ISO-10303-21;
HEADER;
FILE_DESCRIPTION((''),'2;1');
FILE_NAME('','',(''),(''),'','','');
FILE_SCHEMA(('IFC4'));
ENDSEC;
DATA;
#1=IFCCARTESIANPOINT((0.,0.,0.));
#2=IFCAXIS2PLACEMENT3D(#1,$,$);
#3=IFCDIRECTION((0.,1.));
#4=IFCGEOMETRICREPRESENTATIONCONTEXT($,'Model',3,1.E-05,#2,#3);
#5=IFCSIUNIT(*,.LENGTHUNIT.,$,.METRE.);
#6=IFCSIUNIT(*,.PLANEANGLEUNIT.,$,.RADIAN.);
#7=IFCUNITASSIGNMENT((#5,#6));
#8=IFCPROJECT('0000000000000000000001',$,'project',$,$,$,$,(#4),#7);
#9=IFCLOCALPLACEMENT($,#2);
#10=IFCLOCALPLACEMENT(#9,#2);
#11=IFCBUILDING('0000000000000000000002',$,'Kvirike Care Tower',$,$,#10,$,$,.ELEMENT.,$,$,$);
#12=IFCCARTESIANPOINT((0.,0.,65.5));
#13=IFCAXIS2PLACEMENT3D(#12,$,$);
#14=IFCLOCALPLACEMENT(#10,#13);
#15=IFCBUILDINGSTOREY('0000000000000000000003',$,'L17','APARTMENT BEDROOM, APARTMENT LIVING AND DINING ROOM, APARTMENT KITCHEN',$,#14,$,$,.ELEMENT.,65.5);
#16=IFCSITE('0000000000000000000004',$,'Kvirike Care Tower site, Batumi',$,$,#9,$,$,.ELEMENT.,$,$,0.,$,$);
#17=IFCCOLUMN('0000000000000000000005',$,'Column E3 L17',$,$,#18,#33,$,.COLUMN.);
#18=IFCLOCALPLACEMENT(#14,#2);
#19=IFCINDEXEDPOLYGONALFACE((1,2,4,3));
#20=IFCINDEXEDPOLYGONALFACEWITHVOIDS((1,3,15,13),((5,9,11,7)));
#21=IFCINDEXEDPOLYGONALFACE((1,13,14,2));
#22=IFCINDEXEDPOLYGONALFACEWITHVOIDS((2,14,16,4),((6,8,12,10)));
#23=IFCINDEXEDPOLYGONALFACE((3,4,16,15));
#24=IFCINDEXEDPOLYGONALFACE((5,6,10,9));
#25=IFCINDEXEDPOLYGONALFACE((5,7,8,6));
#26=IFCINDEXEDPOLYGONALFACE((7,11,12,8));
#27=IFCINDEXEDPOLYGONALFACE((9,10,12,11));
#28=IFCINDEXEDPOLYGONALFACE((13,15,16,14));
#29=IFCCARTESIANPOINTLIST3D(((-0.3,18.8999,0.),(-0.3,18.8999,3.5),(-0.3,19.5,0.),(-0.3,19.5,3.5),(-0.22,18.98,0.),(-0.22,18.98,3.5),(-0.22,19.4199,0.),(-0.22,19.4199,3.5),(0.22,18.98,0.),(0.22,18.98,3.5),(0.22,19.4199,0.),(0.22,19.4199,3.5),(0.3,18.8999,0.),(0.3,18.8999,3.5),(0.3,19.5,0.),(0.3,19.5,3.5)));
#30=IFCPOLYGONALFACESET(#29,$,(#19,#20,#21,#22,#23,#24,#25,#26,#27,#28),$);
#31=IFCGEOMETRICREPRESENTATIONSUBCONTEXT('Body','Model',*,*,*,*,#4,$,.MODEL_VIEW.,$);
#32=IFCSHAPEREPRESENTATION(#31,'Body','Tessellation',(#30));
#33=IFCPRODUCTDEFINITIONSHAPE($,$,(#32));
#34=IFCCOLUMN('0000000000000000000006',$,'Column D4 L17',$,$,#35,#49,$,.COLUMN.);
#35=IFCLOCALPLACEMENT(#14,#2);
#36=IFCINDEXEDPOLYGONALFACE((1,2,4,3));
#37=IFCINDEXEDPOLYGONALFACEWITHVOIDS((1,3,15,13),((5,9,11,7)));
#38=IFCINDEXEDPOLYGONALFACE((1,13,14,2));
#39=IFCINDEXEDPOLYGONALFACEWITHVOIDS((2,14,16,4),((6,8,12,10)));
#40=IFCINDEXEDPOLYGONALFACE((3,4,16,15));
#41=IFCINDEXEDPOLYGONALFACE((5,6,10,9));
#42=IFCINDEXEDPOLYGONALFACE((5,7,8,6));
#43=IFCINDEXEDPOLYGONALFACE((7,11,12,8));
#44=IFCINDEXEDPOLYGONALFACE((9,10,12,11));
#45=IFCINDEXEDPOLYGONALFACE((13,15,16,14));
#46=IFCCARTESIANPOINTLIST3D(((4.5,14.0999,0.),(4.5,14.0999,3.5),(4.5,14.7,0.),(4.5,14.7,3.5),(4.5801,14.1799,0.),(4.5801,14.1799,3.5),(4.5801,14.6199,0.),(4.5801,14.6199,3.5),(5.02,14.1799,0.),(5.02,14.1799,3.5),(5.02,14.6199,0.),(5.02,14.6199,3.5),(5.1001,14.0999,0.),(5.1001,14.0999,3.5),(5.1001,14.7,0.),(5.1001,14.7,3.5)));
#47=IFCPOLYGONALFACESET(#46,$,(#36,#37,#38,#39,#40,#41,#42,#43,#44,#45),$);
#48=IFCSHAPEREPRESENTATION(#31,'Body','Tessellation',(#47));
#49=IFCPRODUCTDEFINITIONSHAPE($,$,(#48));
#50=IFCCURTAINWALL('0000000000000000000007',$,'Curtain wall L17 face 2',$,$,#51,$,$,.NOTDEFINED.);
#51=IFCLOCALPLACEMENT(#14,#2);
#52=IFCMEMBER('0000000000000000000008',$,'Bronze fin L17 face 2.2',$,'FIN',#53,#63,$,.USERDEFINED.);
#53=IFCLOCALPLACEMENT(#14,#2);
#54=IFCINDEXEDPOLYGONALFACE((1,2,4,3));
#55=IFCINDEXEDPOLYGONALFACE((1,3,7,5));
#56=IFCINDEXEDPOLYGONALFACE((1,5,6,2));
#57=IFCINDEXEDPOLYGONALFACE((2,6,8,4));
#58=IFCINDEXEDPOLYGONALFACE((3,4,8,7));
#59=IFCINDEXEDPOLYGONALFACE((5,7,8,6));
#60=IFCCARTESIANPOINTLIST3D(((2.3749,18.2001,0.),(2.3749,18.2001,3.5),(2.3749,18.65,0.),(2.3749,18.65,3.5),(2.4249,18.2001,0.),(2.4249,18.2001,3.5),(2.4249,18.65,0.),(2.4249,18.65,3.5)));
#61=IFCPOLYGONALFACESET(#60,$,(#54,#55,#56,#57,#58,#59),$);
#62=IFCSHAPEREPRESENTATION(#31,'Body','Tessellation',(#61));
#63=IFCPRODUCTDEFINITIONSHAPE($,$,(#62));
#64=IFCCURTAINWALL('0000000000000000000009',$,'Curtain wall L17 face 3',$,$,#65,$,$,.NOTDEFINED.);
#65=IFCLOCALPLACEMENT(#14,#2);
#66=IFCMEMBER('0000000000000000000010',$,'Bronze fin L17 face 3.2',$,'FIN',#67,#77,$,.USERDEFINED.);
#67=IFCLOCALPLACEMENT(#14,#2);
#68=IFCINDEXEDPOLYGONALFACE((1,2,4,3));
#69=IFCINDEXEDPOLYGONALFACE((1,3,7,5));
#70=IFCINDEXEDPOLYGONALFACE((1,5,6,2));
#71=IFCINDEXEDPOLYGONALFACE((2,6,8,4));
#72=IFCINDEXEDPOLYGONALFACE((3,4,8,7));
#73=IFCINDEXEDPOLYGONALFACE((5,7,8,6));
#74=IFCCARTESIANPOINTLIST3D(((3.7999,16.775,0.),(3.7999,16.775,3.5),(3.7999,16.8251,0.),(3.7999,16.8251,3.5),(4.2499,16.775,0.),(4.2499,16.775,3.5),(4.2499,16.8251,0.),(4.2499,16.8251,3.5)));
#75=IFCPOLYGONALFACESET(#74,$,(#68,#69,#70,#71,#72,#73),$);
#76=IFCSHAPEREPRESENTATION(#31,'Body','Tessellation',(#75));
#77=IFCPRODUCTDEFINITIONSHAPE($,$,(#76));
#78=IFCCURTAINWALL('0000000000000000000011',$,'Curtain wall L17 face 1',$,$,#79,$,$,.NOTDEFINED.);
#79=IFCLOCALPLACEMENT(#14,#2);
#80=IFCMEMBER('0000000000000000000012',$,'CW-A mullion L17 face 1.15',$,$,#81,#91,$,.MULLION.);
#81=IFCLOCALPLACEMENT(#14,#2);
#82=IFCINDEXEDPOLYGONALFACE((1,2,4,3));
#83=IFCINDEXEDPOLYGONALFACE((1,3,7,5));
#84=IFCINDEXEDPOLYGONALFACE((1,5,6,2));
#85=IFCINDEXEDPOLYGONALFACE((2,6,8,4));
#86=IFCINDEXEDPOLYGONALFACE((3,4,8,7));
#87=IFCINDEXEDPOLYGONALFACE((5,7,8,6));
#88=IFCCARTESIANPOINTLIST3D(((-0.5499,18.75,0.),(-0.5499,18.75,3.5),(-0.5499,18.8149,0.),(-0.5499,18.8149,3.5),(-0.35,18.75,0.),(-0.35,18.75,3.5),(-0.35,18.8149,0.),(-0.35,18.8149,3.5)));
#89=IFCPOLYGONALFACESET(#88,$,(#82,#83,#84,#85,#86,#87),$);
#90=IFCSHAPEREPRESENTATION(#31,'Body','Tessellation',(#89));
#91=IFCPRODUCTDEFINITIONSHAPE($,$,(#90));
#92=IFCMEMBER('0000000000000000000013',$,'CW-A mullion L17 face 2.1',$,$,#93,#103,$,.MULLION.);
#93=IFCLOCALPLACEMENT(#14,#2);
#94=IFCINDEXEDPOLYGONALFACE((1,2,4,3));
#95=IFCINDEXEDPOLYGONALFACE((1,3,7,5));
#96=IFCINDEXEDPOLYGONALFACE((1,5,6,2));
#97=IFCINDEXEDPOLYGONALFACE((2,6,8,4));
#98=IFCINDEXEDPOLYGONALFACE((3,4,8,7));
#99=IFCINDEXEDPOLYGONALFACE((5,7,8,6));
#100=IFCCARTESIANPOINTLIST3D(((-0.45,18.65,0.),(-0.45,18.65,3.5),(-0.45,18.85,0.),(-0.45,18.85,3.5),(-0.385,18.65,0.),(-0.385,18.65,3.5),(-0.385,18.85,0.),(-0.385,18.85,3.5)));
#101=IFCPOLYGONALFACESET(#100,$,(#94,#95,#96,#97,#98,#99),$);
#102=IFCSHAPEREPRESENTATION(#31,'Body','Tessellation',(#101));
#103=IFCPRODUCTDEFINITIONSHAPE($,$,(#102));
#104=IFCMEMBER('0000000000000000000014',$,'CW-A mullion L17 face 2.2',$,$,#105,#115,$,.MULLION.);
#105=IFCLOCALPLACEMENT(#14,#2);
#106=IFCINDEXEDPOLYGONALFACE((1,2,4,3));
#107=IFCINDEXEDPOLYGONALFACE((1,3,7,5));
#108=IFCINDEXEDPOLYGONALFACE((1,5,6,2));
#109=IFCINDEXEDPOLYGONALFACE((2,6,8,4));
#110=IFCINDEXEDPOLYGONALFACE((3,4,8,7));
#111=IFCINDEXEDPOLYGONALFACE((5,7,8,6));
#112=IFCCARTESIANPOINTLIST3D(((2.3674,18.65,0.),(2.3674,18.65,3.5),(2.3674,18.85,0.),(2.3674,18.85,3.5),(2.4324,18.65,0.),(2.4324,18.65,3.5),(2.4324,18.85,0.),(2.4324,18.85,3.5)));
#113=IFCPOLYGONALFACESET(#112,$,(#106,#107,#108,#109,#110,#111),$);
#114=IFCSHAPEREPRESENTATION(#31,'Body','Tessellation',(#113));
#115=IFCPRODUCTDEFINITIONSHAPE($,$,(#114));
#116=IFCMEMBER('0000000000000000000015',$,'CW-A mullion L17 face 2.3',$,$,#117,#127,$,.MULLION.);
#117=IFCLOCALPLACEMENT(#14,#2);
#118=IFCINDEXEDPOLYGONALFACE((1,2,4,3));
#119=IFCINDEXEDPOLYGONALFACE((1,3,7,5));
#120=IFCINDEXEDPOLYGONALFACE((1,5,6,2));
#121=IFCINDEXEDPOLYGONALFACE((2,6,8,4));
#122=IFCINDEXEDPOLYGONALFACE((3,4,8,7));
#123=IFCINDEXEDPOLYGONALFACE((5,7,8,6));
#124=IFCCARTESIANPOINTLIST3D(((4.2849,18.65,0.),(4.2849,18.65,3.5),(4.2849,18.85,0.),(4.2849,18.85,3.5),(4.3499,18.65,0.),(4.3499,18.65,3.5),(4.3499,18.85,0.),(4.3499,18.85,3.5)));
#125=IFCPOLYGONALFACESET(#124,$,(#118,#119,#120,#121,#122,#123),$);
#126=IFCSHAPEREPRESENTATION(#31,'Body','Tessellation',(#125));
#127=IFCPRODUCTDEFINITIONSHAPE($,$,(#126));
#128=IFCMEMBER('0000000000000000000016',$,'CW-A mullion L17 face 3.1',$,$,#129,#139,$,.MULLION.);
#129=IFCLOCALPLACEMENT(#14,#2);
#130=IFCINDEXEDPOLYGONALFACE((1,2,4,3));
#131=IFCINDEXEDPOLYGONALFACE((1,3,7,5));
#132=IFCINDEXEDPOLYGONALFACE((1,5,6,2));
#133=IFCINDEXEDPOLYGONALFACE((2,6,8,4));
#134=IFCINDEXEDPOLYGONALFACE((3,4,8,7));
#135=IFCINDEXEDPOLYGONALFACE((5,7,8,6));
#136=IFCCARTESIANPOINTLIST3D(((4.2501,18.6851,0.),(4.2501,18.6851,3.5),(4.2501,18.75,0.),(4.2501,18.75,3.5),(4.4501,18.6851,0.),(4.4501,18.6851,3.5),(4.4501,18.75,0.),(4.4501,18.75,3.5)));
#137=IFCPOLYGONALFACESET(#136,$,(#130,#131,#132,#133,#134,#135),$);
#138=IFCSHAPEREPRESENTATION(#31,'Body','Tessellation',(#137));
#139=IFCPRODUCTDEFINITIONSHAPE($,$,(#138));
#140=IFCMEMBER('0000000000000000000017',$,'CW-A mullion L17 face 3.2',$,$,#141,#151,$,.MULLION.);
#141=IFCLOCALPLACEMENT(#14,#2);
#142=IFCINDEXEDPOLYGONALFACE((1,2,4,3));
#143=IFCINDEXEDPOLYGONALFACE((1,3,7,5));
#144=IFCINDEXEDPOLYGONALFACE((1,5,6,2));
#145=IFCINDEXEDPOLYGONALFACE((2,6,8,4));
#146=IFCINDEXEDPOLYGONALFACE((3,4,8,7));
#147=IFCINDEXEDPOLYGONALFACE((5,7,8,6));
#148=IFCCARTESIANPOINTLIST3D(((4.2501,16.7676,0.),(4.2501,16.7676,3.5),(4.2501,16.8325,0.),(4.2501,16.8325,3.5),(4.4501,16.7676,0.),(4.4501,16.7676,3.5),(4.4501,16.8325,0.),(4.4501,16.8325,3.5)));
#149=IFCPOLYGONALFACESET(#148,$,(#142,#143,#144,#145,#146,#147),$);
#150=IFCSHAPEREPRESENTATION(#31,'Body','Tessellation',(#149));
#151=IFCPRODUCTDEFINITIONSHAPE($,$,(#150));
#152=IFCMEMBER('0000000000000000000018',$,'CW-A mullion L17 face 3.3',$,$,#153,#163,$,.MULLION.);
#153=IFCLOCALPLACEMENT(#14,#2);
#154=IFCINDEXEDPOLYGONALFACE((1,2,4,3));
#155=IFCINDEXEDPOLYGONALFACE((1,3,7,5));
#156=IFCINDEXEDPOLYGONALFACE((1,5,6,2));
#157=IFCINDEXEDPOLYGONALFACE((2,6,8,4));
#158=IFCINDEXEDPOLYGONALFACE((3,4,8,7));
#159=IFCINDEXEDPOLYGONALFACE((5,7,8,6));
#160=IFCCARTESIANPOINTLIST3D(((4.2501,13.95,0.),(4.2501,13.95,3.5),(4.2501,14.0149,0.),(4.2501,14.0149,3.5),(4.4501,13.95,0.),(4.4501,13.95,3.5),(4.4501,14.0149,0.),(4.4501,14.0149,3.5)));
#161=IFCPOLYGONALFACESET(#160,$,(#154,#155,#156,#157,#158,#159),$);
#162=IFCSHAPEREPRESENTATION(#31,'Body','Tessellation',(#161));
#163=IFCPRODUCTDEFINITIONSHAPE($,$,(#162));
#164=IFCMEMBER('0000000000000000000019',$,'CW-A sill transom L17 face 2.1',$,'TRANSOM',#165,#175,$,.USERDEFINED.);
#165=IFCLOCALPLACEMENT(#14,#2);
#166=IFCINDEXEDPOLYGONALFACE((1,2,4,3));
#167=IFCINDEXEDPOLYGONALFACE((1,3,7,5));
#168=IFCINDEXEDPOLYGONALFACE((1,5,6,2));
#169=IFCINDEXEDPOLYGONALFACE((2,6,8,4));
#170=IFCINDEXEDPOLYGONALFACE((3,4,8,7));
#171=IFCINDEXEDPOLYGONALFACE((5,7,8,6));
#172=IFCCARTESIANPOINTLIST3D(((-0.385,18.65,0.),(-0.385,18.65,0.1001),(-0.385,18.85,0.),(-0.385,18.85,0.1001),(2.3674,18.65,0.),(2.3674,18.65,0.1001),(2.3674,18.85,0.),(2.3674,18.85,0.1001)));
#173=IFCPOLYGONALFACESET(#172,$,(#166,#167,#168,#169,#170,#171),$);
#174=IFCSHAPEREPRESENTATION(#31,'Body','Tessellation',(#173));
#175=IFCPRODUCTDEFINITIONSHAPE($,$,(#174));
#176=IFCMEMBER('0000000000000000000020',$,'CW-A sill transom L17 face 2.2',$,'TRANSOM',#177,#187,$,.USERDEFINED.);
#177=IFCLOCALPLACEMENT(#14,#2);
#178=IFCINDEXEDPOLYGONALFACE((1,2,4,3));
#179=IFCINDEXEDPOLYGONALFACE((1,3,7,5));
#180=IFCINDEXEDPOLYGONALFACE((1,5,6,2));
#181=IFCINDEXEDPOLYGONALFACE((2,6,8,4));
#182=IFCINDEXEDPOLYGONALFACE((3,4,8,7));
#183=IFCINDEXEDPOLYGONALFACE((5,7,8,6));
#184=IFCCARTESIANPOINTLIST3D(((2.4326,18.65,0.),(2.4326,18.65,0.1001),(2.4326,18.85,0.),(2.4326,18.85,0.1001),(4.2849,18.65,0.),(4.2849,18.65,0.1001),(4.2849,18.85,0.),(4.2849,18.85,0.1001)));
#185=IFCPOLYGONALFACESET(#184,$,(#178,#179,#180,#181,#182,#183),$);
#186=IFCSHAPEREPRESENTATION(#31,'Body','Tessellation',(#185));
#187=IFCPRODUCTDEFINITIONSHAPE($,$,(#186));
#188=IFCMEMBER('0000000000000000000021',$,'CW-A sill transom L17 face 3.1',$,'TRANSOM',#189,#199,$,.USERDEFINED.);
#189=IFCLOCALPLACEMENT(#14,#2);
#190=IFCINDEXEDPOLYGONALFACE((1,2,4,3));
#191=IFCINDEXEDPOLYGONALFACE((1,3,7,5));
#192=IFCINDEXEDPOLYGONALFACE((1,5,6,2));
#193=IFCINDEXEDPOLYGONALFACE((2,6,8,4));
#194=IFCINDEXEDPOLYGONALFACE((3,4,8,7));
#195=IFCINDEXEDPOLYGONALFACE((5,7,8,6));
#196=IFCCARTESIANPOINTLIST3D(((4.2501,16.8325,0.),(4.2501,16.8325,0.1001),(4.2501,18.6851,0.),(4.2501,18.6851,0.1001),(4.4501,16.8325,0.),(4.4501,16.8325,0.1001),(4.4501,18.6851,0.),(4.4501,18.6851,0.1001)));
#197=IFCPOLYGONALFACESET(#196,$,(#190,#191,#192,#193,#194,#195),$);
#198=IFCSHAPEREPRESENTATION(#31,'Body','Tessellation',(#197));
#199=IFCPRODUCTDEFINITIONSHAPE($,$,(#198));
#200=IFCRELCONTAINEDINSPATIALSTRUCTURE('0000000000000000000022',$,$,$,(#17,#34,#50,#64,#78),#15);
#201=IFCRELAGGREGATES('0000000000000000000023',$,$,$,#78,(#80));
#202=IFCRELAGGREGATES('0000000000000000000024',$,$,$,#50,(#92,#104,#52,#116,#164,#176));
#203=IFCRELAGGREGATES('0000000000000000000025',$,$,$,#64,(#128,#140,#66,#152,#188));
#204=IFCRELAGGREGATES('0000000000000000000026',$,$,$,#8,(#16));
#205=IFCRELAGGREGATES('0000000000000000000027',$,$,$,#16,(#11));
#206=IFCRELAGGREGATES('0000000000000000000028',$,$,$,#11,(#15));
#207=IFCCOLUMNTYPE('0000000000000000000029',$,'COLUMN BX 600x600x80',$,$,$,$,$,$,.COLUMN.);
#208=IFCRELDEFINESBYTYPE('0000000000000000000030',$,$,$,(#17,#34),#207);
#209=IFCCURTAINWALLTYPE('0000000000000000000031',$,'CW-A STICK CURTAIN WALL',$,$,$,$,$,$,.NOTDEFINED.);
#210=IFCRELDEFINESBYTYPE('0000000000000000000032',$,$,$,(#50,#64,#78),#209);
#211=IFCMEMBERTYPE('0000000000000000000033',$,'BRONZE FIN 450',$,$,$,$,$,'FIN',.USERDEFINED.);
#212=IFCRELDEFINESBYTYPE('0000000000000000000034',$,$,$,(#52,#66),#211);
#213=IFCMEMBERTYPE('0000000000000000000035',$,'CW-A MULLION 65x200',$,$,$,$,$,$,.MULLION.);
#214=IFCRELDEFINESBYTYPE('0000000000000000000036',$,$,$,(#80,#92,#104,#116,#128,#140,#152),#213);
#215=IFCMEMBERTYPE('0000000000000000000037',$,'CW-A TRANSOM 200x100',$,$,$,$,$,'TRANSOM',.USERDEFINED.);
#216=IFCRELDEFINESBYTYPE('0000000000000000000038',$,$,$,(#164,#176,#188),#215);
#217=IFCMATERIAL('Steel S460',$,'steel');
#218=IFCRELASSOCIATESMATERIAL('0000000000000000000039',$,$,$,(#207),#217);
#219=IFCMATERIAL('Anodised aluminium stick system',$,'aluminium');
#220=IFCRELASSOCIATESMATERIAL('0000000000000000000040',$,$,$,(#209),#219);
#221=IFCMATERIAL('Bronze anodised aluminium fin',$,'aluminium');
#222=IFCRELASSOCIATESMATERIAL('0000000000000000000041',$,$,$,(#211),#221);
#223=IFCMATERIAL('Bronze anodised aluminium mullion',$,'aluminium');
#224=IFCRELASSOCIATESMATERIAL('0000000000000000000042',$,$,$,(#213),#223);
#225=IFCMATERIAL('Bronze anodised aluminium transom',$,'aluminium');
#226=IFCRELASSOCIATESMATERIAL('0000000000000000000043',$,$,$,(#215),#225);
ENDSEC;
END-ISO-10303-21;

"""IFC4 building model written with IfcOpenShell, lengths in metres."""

from ifc_helpers import new_model, si_unit, direction, frame, origin, origin_2d, place, context, subcontext, project, spatial, rectangle, hollow_rectangle, extrude, material, material_profile, profile_set, type_object, element, aggregate, save


model = new_model("IFC4")

# Units and contexts
model_context = context("Model", 3, precision=1e-05, world=origin(), true_north=direction((0.0, 1.0)))
body_context = subcontext(model_context, "Body", "Model", "MODEL_VIEW")
ifc_project = project(units=[si_unit("LENGTHUNIT", "METRE"), si_unit("PLANEANGLEUNIT", "RADIAN")], contexts=[model_context])

# Site, building, storey
site_placement = place(None, origin())
site = spatial("IfcSite", under=ifc_project, at=site_placement, Name="Kvirike Care Tower site, Batumi", CompositionType="ELEMENT", RefElevation=0.0)
building_placement = place(site_placement, origin())
building = spatial("IfcBuilding", under=site, at=building_placement, Name="Kvirike Care Tower", CompositionType="ELEMENT")
storey_placement = place(building_placement, frame((0.0, 0.0, 65.5)))
storey = spatial("IfcBuildingStorey", under=building, at=storey_placement, Name="L17", Description="APARTMENT BEDROOM, APARTMENT LIVING AND DINING ROOM, APARTMENT KITCHEN", CompositionType="ELEMENT", Elevation=65.5)

# Columns
ifc_material_1 = material(Name="Steel S460", Category="steel")
ifc_material_profile_1 = material_profile(ifc_material_1, hollow_rectangle(XDim=0.6001, YDim=0.6001, WallThickness=0.0801, at=origin_2d()), Name="BX 600x600x80")
ifc_profile_set_1 = profile_set([ifc_material_profile_1], Name="Steel S460")
column_type = type_object("IfcColumnType", Name="COLUMN BX 600x600x80", PredefinedType="COLUMN", material=ifc_profile_set_1)
for number, where, z_axis, x_axis, name in (
    (1, (0.0, 19.2, 0.0), (0.0, 0.0, 1.0), (0.0, 1.0, 0.0), "Column E3 L17"),
    (2, (4.8, 14.3999, 0.0), (0.0, 0.0, 1.0), (0.0, 1.0, 0.0), "Column D4 L17"),
):
    element("IfcColumn", number, at=place(storey_placement, frame(where, z_axis=z_axis, x_axis=x_axis)), inside=storey, type_object=column_type, Name=name, PredefinedType="COLUMN", context=body_context, shape_type="SweptSolid", body=[
        extrude(hollow_rectangle(XDim=0.6001, YDim=0.6001, WallThickness=0.0801, at=origin_2d()), origin(), (0.0, 0.0, 1.0), 3.5),
    ])

# Curtain walls, members
ifc_material_2 = material(Name="Anodised aluminium stick system", Category="aluminium")
curtain_wall_type = type_object("IfcCurtainWallType", Name="CW-A STICK CURTAIN WALL", PredefinedType="NOTDEFINED", material=ifc_material_2)
curtain_wall_1_placement = place(storey_placement, origin())
curtain_wall_1 = element("IfcCurtainWall", 3, at=curtain_wall_1_placement, inside=storey, type_object=curtain_wall_type, Name="Curtain wall L17 face 2", PredefinedType="NOTDEFINED")
ifc_material_3 = material(Name="Bronze anodised aluminium fin", Category="aluminium")
ifc_material_profile_2 = material_profile(ifc_material_3, rectangle(XDim=0.05, YDim=0.45, at=origin_2d()), Name="BRONZE FIN 450")
ifc_profile_set_2 = profile_set([ifc_material_profile_2], Name="Bronze anodised aluminium fin")
member_type_1 = type_object("IfcMemberType", Name="BRONZE FIN 450", ElementType="FIN", PredefinedType="USERDEFINED", material=ifc_profile_set_2)
member_1_placement = place(storey_placement, frame((2.3999, 18.425, 0.0), z_axis=(0.0, 0.0, 1.0), x_axis=(1.0, 0.0, 0.0)))
member_1 = element("IfcMember", 4, at=member_1_placement, type_object=member_type_1, Name="Bronze fin L17 face 2.2", ObjectType="FIN", PredefinedType="USERDEFINED", context=body_context, shape_type="SweptSolid", body=[
    extrude(rectangle(XDim=0.05, YDim=0.45, at=origin_2d()), origin(), (0.0, 0.0, 1.0), 3.5),
])
curtain_wall_2_placement = place(storey_placement, origin())
curtain_wall_2 = element("IfcCurtainWall", 5, at=curtain_wall_2_placement, inside=storey, type_object=curtain_wall_type, Name="Curtain wall L17 face 3", PredefinedType="NOTDEFINED")
member_2_placement = place(storey_placement, frame((4.0249, 16.8, 0.0), z_axis=(0.0, 0.0, 1.0), x_axis=(0.0, -1.0, 0.0)))
member_2 = element("IfcMember", 6, at=member_2_placement, type_object=member_type_1, Name="Bronze fin L17 face 3.2", ObjectType="FIN", PredefinedType="USERDEFINED", context=body_context, shape_type="SweptSolid", body=[
    extrude(rectangle(XDim=0.05, YDim=0.45, at=origin_2d()), origin(), (0.0, 0.0, 1.0), 3.5),
])
curtain_wall_3_placement = place(storey_placement, origin())
curtain_wall_3 = element("IfcCurtainWall", 7, at=curtain_wall_3_placement, inside=storey, type_object=curtain_wall_type, Name="Curtain wall L17 face 1", PredefinedType="NOTDEFINED")
ifc_material_4 = material(Name="Bronze anodised aluminium mullion", Category="aluminium")
ifc_material_profile_3 = material_profile(ifc_material_4, rectangle(XDim=0.0649, YDim=0.2, at=origin_2d()), Name="CW-A MULLION 65x200")
ifc_profile_set_3 = profile_set([ifc_material_profile_3], Name="Bronze anodised aluminium mullion")
member_type_2 = type_object("IfcMemberType", Name="CW-A MULLION 65x200", PredefinedType="MULLION", material=ifc_profile_set_3)
member_3_placement = place(storey_placement, frame((-0.45, 18.7825, 0.0), z_axis=(0.0, 0.0, 1.0), x_axis=(0.0, -1.0, 0.0)))
member_3 = element("IfcMember", 8, at=member_3_placement, type_object=member_type_2, Name="CW-A mullion L17 face 1.15", PredefinedType="MULLION", context=body_context, shape_type="SweptSolid", body=[
    extrude(rectangle(XDim=0.0649, YDim=0.2, at=origin_2d()), origin(), (0.0, 0.0, 1.0), 3.5),
])
aggregate(curtain_wall_3, [member_3])

# Members
member_4_placement = place(storey_placement, frame((-0.4175, 18.75, 0.0), z_axis=(0.0, 0.0, 1.0), x_axis=(1.0, 0.0, 0.0)))
member_4 = element("IfcMember", 9, at=member_4_placement, type_object=member_type_2, Name="CW-A mullion L17 face 2.1", PredefinedType="MULLION", context=body_context, shape_type="SweptSolid", body=[
    extrude(rectangle(XDim=0.0649, YDim=0.2, at=origin_2d()), origin(), (0.0, 0.0, 1.0), 3.5),
])
member_5_placement = place(storey_placement, frame((2.3999, 18.75, 0.0), z_axis=(0.0, 0.0, 1.0), x_axis=(1.0, 0.0, 0.0)))
member_5 = element("IfcMember", 10, at=member_5_placement, type_object=member_type_2, Name="CW-A mullion L17 face 2.2", PredefinedType="MULLION", context=body_context, shape_type="SweptSolid", body=[
    extrude(rectangle(XDim=0.0649, YDim=0.2, at=origin_2d()), origin(), (0.0, 0.0, 1.0), 3.5),
])
member_6_placement = place(storey_placement, frame((4.3174, 18.75, 0.0), z_axis=(0.0, 0.0, 1.0), x_axis=(1.0, 0.0, 0.0)))
member_6 = element("IfcMember", 11, at=member_6_placement, type_object=member_type_2, Name="CW-A mullion L17 face 2.3", PredefinedType="MULLION", context=body_context, shape_type="SweptSolid", body=[
    extrude(rectangle(XDim=0.0649, YDim=0.2, at=origin_2d()), origin(), (0.0, 0.0, 1.0), 3.5),
])
member_7_placement = place(storey_placement, frame((4.3501, 18.7175, 0.0), z_axis=(0.0, 0.0, 1.0), x_axis=(0.0, -1.0, 0.0)))
member_7 = element("IfcMember", 12, at=member_7_placement, type_object=member_type_2, Name="CW-A mullion L17 face 3.1", PredefinedType="MULLION", context=body_context, shape_type="SweptSolid", body=[
    extrude(rectangle(XDim=0.0649, YDim=0.2, at=origin_2d()), origin(), (0.0, 0.0, 1.0), 3.5),
])
member_8_placement = place(storey_placement, frame((4.3501, 16.8, 0.0), z_axis=(0.0, 0.0, 1.0), x_axis=(0.0, -1.0, 0.0)))
member_8 = element("IfcMember", 13, at=member_8_placement, type_object=member_type_2, Name="CW-A mullion L17 face 3.2", PredefinedType="MULLION", context=body_context, shape_type="SweptSolid", body=[
    extrude(rectangle(XDim=0.0649, YDim=0.2, at=origin_2d()), origin(), (0.0, 0.0, 1.0), 3.5),
])
member_9_placement = place(storey_placement, frame((4.3501, 13.9824, 0.0), z_axis=(0.0, 0.0, 1.0), x_axis=(0.0, -1.0, 0.0)))
member_9 = element("IfcMember", 14, at=member_9_placement, type_object=member_type_2, Name="CW-A mullion L17 face 3.3", PredefinedType="MULLION", context=body_context, shape_type="SweptSolid", body=[
    extrude(rectangle(XDim=0.0649, YDim=0.2, at=origin_2d()), origin(), (0.0, 0.0, 1.0), 3.5),
])
ifc_material_5 = material(Name="Bronze anodised aluminium transom", Category="aluminium")
ifc_material_profile_4 = material_profile(ifc_material_5, rectangle(XDim=0.2, YDim=0.1001, at=origin_2d()), Name="CW-A TRANSOM 200x100")
ifc_profile_set_4 = profile_set([ifc_material_profile_4], Name="Bronze anodised aluminium transom")
member_type_3 = type_object("IfcMemberType", Name="CW-A TRANSOM 200x100", ElementType="TRANSOM", PredefinedType="USERDEFINED", material=ifc_profile_set_4)
member_10_placement = place(storey_placement, frame((-0.385, 18.75, 0.05), z_axis=(1.0, 0.0, 0.0), x_axis=(0.0, 1.0, 0.0)))
member_10 = element("IfcMember", 15, at=member_10_placement, type_object=member_type_3, Name="CW-A sill transom L17 face 2.1", ObjectType="TRANSOM", PredefinedType="USERDEFINED", context=body_context, shape_type="SweptSolid", body=[
    extrude(rectangle(XDim=0.2, YDim=0.1001, at=origin_2d()), origin(), (0.0, 0.0, 1.0), 2.7524),
])
member_11_placement = place(storey_placement, frame((2.4326, 18.75, 0.05), z_axis=(1.0, 0.0, 0.0), x_axis=(0.0, 1.0, 0.0)))
member_11 = element("IfcMember", 16, at=member_11_placement, type_object=member_type_3, Name="CW-A sill transom L17 face 2.2", ObjectType="TRANSOM", PredefinedType="USERDEFINED", context=body_context, shape_type="SweptSolid", body=[
    extrude(rectangle(XDim=0.2, YDim=0.1001, at=origin_2d()), origin(), (0.0, 0.0, 1.0), 1.8523),
])
member_12_placement = place(storey_placement, frame((4.3501, 18.6851, 0.05), z_axis=(0.0, -1.0, 0.0), x_axis=(1.0, 0.0, 0.0)))
member_12 = element("IfcMember", 17, at=member_12_placement, type_object=member_type_3, Name="CW-A sill transom L17 face 3.1", ObjectType="TRANSOM", PredefinedType="USERDEFINED", context=body_context, shape_type="SweptSolid", body=[
    extrude(rectangle(XDim=0.2, YDim=0.1001, at=origin_2d()), origin(), (0.0, 0.0, 1.0), 1.8525),
])

aggregate(curtain_wall_1, [member_4, member_5, member_1, member_6, member_10, member_11])
aggregate(curtain_wall_2, [member_7, member_8, member_2, member_9, member_12])

save(model, "model.ifc")
